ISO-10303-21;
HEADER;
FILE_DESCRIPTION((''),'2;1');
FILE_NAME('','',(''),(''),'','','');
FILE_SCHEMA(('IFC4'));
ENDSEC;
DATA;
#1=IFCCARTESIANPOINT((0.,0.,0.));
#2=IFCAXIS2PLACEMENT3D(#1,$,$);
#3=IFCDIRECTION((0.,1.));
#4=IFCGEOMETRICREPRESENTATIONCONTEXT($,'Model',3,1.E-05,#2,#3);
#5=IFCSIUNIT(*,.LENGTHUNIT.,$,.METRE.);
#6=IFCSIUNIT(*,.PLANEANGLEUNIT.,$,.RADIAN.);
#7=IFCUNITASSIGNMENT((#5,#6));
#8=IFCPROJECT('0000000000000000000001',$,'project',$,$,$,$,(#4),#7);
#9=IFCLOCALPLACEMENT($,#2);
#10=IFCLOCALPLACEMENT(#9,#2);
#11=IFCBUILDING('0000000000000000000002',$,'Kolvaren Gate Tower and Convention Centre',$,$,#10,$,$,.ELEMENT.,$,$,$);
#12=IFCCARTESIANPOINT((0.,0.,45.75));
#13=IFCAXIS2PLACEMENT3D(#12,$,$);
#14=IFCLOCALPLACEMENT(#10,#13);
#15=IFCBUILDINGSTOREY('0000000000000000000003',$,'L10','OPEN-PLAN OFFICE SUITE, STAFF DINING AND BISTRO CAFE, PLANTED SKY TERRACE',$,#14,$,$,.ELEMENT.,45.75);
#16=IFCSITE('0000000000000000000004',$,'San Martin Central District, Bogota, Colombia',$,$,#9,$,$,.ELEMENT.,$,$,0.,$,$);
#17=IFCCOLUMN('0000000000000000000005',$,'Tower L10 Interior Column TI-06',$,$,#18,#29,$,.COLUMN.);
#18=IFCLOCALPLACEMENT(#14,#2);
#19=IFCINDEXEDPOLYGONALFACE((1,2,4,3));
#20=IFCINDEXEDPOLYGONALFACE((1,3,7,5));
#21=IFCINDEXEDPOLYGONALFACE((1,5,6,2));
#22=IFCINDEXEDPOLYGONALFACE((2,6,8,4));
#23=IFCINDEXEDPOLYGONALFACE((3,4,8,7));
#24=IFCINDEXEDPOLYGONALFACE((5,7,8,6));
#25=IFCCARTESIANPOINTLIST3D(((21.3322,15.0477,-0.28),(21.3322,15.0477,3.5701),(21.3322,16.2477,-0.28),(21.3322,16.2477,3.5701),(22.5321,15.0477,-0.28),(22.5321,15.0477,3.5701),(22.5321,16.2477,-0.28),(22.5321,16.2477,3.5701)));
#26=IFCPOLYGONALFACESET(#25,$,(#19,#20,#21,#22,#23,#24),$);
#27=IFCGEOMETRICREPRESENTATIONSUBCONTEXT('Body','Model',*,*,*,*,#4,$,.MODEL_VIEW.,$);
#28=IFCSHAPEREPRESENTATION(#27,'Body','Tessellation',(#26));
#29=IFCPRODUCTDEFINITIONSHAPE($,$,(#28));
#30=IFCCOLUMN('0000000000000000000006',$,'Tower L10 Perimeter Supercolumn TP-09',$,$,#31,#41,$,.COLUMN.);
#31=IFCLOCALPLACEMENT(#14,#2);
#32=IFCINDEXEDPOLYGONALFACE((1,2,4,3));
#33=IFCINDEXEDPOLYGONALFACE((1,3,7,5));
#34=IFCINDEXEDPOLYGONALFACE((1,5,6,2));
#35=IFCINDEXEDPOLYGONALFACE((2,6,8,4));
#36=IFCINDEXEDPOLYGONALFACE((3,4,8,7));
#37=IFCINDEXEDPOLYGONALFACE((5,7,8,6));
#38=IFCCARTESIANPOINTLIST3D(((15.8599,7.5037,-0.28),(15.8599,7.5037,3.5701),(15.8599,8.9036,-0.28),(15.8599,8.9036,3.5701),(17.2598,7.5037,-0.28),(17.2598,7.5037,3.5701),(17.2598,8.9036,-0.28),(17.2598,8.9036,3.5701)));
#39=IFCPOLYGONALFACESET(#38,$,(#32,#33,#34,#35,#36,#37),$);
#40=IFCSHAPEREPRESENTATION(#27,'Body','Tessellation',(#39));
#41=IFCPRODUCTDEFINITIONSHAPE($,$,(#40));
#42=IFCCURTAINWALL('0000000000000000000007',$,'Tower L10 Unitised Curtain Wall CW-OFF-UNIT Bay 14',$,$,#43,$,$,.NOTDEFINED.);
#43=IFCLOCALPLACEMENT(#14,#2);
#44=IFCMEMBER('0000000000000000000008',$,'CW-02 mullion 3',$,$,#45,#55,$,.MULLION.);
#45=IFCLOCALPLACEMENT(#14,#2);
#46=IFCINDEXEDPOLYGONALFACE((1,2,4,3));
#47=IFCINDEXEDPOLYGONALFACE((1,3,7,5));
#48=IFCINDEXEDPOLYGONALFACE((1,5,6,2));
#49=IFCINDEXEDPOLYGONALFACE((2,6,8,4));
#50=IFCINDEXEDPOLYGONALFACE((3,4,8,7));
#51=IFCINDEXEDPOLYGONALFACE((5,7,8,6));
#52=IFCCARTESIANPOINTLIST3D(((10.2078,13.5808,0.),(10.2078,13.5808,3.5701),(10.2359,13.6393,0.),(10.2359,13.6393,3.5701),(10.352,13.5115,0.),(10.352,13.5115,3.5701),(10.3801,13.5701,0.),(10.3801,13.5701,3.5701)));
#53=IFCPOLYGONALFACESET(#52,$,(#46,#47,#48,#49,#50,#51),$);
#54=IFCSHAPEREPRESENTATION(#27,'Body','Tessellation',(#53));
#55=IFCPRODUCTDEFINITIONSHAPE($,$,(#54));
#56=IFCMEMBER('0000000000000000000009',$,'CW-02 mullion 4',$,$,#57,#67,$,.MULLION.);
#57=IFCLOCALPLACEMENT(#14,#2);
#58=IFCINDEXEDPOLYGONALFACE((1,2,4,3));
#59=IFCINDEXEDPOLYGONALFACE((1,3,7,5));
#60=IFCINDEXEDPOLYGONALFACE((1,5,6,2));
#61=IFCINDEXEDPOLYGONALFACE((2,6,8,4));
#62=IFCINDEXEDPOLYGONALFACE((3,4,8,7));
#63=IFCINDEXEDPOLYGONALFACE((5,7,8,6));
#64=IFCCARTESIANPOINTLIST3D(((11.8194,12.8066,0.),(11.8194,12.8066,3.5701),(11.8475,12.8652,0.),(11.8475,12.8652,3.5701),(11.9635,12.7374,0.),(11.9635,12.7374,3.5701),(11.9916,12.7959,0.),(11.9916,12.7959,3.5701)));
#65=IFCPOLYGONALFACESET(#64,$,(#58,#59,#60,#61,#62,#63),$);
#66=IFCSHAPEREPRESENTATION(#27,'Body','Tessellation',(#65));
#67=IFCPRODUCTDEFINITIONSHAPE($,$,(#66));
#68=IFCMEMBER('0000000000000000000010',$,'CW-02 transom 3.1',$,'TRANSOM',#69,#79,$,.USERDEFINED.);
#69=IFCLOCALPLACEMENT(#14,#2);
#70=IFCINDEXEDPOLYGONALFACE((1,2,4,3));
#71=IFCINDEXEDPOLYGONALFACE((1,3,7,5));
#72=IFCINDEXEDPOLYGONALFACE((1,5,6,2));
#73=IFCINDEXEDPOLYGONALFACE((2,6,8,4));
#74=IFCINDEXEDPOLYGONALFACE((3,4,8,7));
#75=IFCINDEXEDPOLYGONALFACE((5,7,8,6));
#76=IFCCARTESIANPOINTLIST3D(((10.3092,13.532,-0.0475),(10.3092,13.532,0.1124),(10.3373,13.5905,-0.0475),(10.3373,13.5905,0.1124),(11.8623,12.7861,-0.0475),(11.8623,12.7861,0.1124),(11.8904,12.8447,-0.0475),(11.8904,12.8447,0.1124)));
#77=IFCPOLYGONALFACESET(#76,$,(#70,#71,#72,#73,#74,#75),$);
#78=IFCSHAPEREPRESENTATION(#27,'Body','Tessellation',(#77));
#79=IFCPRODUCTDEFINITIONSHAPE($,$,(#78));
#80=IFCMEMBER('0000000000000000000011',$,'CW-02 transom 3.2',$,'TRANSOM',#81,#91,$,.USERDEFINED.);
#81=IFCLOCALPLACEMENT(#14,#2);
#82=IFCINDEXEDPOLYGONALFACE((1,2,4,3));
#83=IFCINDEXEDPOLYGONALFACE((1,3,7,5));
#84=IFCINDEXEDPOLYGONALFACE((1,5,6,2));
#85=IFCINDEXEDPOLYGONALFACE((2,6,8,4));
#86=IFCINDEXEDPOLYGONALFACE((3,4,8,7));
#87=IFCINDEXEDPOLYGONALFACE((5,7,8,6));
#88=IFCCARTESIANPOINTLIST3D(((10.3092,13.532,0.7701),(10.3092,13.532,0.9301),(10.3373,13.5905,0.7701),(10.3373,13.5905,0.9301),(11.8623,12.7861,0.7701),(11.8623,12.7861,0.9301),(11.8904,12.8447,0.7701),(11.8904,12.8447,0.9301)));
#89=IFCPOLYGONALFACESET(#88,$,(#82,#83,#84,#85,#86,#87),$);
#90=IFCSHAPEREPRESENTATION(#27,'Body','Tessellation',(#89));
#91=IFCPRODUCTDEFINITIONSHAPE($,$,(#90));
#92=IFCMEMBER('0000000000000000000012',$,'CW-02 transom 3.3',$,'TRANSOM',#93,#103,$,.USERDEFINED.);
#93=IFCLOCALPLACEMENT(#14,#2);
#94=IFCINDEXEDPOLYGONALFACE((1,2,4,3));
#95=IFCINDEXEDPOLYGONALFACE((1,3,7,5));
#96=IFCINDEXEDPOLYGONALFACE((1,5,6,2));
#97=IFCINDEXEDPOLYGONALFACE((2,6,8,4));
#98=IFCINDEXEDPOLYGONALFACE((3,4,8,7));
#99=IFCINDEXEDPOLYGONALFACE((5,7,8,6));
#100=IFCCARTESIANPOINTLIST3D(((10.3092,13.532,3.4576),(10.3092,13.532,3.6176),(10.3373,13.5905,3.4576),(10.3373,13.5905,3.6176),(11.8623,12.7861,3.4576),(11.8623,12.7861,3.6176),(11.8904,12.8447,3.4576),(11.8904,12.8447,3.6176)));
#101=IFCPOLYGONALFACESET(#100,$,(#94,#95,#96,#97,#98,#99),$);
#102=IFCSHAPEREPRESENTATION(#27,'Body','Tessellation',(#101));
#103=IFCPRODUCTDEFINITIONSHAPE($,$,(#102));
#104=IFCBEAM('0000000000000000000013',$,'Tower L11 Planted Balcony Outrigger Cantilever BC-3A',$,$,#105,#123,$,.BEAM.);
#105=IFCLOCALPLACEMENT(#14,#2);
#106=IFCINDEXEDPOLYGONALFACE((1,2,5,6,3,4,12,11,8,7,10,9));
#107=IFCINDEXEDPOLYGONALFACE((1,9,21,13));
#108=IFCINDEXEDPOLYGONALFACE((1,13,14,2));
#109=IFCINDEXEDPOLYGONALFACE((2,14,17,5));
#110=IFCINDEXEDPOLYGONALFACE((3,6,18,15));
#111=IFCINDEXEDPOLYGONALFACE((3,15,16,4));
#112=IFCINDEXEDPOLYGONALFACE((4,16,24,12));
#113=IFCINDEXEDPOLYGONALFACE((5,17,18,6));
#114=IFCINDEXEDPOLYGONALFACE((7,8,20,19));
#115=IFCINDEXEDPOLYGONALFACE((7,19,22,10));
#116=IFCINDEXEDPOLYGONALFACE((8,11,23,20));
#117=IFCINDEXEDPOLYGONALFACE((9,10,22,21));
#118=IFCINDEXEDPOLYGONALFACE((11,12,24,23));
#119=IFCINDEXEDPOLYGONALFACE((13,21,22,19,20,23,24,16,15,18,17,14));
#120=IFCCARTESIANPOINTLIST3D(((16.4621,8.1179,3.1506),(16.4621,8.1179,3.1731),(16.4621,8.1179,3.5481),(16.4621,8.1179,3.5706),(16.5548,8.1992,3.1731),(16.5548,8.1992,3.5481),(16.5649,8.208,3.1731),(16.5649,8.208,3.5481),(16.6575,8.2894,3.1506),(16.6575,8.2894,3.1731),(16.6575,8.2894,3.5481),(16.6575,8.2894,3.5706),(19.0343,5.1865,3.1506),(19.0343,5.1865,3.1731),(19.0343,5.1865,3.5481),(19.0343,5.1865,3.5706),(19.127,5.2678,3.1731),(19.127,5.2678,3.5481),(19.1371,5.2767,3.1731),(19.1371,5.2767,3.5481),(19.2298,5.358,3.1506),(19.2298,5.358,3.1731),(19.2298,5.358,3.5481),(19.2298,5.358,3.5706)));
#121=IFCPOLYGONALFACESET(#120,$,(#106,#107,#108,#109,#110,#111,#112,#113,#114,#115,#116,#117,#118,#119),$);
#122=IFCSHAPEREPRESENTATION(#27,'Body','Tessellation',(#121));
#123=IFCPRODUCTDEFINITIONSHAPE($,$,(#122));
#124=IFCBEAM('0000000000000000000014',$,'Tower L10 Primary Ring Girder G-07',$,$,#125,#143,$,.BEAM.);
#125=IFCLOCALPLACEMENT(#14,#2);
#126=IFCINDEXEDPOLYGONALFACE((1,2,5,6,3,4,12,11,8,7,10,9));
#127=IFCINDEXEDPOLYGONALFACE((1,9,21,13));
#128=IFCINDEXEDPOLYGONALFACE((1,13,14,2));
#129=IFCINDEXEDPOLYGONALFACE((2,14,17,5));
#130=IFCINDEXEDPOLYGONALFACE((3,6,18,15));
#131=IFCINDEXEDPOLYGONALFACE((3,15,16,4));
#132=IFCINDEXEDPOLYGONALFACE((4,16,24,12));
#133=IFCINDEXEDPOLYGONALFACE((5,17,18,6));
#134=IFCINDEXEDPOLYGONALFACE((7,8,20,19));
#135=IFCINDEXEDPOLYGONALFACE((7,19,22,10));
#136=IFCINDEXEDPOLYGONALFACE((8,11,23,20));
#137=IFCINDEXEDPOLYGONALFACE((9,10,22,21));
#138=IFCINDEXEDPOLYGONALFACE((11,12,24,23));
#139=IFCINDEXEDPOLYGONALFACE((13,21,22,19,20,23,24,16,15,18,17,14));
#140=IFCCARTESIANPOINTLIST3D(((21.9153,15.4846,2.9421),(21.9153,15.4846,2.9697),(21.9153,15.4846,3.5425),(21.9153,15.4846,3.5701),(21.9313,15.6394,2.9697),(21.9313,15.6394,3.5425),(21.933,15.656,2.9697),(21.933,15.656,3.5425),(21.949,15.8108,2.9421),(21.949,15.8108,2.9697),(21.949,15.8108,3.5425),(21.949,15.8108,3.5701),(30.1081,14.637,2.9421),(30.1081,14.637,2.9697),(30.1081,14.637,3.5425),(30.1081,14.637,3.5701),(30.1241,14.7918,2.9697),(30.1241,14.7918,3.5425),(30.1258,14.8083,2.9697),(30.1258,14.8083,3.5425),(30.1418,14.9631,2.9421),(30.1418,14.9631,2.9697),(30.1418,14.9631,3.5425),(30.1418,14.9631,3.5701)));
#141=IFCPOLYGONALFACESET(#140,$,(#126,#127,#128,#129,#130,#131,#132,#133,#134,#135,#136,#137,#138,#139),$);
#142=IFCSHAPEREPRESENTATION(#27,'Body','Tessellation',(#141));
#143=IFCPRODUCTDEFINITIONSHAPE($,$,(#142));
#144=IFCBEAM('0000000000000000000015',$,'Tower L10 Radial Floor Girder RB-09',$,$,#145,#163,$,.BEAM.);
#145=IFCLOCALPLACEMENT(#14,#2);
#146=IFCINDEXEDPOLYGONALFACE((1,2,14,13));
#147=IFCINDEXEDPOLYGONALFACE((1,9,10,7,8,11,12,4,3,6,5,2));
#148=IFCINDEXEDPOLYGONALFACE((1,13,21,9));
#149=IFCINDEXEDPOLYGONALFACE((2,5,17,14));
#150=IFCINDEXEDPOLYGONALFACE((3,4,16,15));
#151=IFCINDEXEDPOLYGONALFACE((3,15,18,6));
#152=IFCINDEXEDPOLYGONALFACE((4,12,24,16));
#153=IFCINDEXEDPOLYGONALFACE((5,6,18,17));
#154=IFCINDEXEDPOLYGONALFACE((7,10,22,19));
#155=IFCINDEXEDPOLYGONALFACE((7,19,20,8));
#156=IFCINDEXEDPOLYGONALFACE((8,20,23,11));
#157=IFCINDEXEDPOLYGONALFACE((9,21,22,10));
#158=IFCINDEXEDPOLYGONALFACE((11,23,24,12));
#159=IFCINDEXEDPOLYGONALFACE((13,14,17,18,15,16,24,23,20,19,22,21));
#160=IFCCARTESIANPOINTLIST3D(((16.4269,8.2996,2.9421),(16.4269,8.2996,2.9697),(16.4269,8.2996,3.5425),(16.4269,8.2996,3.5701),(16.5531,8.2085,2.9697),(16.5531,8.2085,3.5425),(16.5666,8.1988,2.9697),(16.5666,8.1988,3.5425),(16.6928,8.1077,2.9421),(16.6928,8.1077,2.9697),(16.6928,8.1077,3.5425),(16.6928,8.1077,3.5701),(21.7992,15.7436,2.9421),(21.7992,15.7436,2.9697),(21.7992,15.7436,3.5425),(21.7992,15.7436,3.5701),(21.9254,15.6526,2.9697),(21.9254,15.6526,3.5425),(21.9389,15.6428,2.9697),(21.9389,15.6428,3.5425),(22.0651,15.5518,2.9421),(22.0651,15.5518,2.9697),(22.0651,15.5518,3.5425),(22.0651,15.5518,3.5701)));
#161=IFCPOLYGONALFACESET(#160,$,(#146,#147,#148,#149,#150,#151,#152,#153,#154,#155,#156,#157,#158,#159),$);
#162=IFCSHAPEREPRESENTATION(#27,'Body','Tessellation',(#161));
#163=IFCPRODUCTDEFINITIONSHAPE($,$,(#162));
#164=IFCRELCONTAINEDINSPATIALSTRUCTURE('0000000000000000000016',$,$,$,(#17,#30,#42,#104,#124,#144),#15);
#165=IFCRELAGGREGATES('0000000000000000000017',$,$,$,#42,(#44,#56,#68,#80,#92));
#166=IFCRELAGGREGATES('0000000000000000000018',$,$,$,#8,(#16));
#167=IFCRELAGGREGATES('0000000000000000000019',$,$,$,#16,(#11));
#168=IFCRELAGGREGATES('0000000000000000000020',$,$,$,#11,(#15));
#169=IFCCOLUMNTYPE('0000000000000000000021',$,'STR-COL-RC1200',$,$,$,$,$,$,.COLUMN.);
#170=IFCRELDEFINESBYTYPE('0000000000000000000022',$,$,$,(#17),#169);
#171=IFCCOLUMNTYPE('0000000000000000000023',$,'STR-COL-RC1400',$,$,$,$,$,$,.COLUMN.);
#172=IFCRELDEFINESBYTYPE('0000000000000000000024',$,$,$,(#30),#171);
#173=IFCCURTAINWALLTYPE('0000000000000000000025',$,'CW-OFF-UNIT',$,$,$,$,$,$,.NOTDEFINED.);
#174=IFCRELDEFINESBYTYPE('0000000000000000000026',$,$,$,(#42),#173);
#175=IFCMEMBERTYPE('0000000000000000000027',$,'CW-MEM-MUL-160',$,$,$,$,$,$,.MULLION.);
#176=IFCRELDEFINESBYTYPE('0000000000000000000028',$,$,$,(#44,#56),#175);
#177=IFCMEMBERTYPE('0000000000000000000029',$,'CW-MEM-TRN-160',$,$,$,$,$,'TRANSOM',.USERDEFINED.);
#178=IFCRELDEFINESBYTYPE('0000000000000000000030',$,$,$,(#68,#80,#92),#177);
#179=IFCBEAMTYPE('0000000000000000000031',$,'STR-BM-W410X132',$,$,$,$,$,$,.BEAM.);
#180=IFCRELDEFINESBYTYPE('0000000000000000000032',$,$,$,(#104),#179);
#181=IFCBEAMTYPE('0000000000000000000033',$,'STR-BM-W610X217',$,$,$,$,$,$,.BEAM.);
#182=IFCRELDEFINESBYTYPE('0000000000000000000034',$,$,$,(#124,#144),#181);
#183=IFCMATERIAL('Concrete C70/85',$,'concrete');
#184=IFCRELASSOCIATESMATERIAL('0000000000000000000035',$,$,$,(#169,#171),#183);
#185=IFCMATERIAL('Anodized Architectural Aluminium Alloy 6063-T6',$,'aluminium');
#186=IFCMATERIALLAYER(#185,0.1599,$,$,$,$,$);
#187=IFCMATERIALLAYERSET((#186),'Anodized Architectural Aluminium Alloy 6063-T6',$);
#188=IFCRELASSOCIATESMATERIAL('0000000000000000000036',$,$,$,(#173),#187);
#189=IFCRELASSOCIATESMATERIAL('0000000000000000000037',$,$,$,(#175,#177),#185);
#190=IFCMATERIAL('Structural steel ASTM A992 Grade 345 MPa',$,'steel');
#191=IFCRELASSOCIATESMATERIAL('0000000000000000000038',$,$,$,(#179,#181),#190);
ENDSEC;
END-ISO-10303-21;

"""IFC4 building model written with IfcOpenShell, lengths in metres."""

from ifc_helpers import new_model, si_unit, direction, frame, origin, origin_2d, place, context, subcontext, project, spatial, rectangle, i_section, extrude, material, layer, layer_set, material_profile, profile_set, type_object, element, aggregate, save


model = new_model("IFC4")

# Units and contexts
model_context = context("Model", 3, precision=1e-05, world=origin(), true_north=direction((0.0, 1.0)))
body_context = subcontext(model_context, "Body", "Model", "MODEL_VIEW")
ifc_project = project(units=[si_unit("LENGTHUNIT", "METRE"), si_unit("PLANEANGLEUNIT", "RADIAN")], contexts=[model_context])

# Site, building, storey
site_placement = place(None, origin())
site = spatial("IfcSite", under=ifc_project, at=site_placement, Name="San Martin Central District, Bogota, Colombia", CompositionType="ELEMENT", RefElevation=0.0)
building_placement = place(site_placement, origin())
building = spatial("IfcBuilding", under=site, at=building_placement, Name="Kolvaren Gate Tower and Convention Centre", CompositionType="ELEMENT")
storey_placement = place(building_placement, frame((0.0, 0.0, 45.75)))
storey = spatial("IfcBuildingStorey", under=building, at=storey_placement, Name="L10", Description="OPEN-PLAN OFFICE SUITE, STAFF DINING AND BISTRO CAFE, PLANTED SKY TERRACE", CompositionType="ELEMENT", Elevation=45.75)

# Columns
ifc_material_1 = material(Name="Concrete C70/85", Category="concrete")
ifc_material_profile_1 = material_profile(ifc_material_1, rectangle(XDim=1.2, YDim=1.2, at=origin_2d()), Name="RC-COL-1200X1200")
ifc_profile_set_1 = profile_set([ifc_material_profile_1], Name="Concrete C70/85")
column_type_1 = type_object("IfcColumnType", Name="STR-COL-RC1200", PredefinedType="COLUMN", material=ifc_profile_set_1)
column_1_placement = place(storey_placement, frame((21.9321, 15.6477, -0.28), z_axis=(0.0, 0.0, 1.0), x_axis=(1.0, 0.0, 0.0)))
element("IfcColumn", 1, at=column_1_placement, inside=storey, type_object=column_type_1, Name="Tower L10 Interior Column TI-06", PredefinedType="COLUMN", context=body_context, shape_type="SweptSolid", body=[
    extrude(rectangle(XDim=1.2, YDim=1.2, at=origin_2d()), origin(), (0.0, 0.0, 1.0), 3.8501),
])
ifc_material_profile_2 = material_profile(ifc_material_1, rectangle(XDim=1.3999, YDim=1.3999, at=origin_2d()), Name="RC-COL-1400X1400")
ifc_profile_set_2 = profile_set([ifc_material_profile_2], Name="Concrete C70/85")
column_type_2 = type_object("IfcColumnType", Name="STR-COL-RC1400", PredefinedType="COLUMN", material=ifc_profile_set_2)
column_2_placement = place(storey_placement, frame((16.5598, 8.2036, -0.28), z_axis=(0.0, 0.0, 1.0), x_axis=(1.0, 0.0, 0.0)))
element("IfcColumn", 2, at=column_2_placement, inside=storey, type_object=column_type_2, Name="Tower L10 Perimeter Supercolumn TP-09", PredefinedType="COLUMN", context=body_context, shape_type="SweptSolid", body=[
    extrude(rectangle(XDim=1.3999, YDim=1.3999, at=origin_2d()), origin(), (0.0, 0.0, 1.0), 3.8501),
])

# Curtain wall, members
ifc_material_2 = material(Name="Anodized Architectural Aluminium Alloy 6063-T6", Category="aluminium")
ifc_layer_1 = layer(ifc_material_2, 0.1599)
ifc_layer_set_1 = layer_set([ifc_layer_1], Name="Anodized Architectural Aluminium Alloy 6063-T6")
curtain_wall_type = type_object("IfcCurtainWallType", Name="CW-OFF-UNIT", PredefinedType="NOTDEFINED", material=ifc_layer_set_1)
curtain_wall_placement = place(storey_placement, origin())
curtain_wall = element("IfcCurtainWall", 3, at=curtain_wall_placement, inside=storey, type_object=curtain_wall_type, Name="Tower L10 Unitised Curtain Wall CW-OFF-UNIT Bay 14", PredefinedType="NOTDEFINED")
ifc_material_profile_3 = material_profile(ifc_material_2, rectangle(XDim=0.0649, YDim=0.1599, at=origin_2d()), Name="CW-MEM-MUL-160")
ifc_profile_set_3 = profile_set([ifc_material_profile_3], Name="Anodized Architectural Aluminium Alloy 6063-T6")
member_type_1 = type_object("IfcMemberType", Name="CW-MEM-MUL-160", PredefinedType="MULLION", material=ifc_profile_set_3)
member_1_placement = place(storey_placement, frame((10.2939, 13.5754, 0.0), z_axis=(0.0, 0.0, 1.0), x_axis=(0.433057, 0.901367, 0.0)))
member_1 = element("IfcMember", 4, at=member_1_placement, type_object=member_type_1, Name="CW-02 mullion 3", PredefinedType="MULLION", context=body_context, shape_type="SweptSolid", body=[
    extrude(rectangle(XDim=0.0649, YDim=0.1599, at=origin_2d()), origin(), (0.0, 0.0, 1.0), 3.5701),
])
member_2_placement = place(storey_placement, frame((11.9055, 12.8013, 0.0), z_axis=(0.0, 0.0, 1.0), x_axis=(0.433057, 0.901367, 0.0)))
member_2 = element("IfcMember", 5, at=member_2_placement, type_object=member_type_1, Name="CW-02 mullion 4", PredefinedType="MULLION", context=body_context, shape_type="SweptSolid", body=[
    extrude(rectangle(XDim=0.0649, YDim=0.1599, at=origin_2d()), origin(), (0.0, 0.0, 1.0), 3.5701),
])
ifc_material_profile_4 = material_profile(ifc_material_2, rectangle(XDim=0.0649, YDim=0.1599, at=origin_2d()), Name="CW-MEM-TRN-160")
ifc_profile_set_4 = profile_set([ifc_material_profile_4], Name="Anodized Architectural Aluminium Alloy 6063-T6")
member_type_2 = type_object("IfcMemberType", Name="CW-MEM-TRN-160", ElementType="TRANSOM", PredefinedType="USERDEFINED", material=ifc_profile_set_4)
member_3_placement = place(storey_placement, frame((10.3232, 13.5613, 0.0325), z_axis=(0.901428, -0.432929, 0.0), x_axis=(0.432929, 0.901428, 0.0)))
member_3 = element("IfcMember", 6, at=member_3_placement, type_object=member_type_2, Name="CW-02 transom 3.1", ObjectType="TRANSOM", PredefinedType="USERDEFINED", context=body_context, shape_type="SweptSolid", body=[
    extrude(rectangle(XDim=0.0649, YDim=0.1599, at=origin_2d()), origin(), (0.0, 0.0, 1.0), 1.7229),
])
member_4_placement = place(storey_placement, frame((10.3232, 13.5613, 0.8501), z_axis=(0.901428, -0.432929, 0.0), x_axis=(0.432929, 0.901428, 0.0)))
member_4 = element("IfcMember", 7, at=member_4_placement, type_object=member_type_2, Name="CW-02 transom 3.2", ObjectType="TRANSOM", PredefinedType="USERDEFINED", context=body_context, shape_type="SweptSolid", body=[
    extrude(rectangle(XDim=0.0649, YDim=0.1599, at=origin_2d()), origin(), (0.0, 0.0, 1.0), 1.7229),
])
member_5_placement = place(storey_placement, frame((10.3232, 13.5613, 3.5376), z_axis=(0.901428, -0.432929, 0.0), x_axis=(0.432929, 0.901428, 0.0)))
member_5 = element("IfcMember", 8, at=member_5_placement, type_object=member_type_2, Name="CW-02 transom 3.3", ObjectType="TRANSOM", PredefinedType="USERDEFINED", context=body_context, shape_type="SweptSolid", body=[
    extrude(rectangle(XDim=0.0649, YDim=0.1599, at=origin_2d()), origin(), (0.0, 0.0, 1.0), 1.7229),
])

# Beams
ifc_material_3 = material(Name="Structural steel ASTM A992 Grade 345 MPa", Category="steel")
ifc_material_profile_5 = material_profile(ifc_material_3, i_section(OverallWidth=0.26, OverallDepth=0.4199, WebThickness=0.0134, FlangeThickness=0.0225, at=origin_2d()), Name="W410X132")
ifc_profile_set_5 = profile_set([ifc_material_profile_5], Name="Structural steel ASTM A992 Grade 345 MPa")
beam_type_1 = type_object("IfcBeamType", Name="STR-BM-W410X132", PredefinedType="BEAM", material=ifc_profile_set_5)
beam_1_placement = place(storey_placement, frame((16.5598, 8.2036, 3.3606), z_axis=(0.659563, -0.751649, 0.0), x_axis=(0.751649, 0.659563, 0.0)))
element("IfcBeam", 9, at=beam_1_placement, inside=storey, type_object=beam_type_1, Name="Tower L11 Planted Balcony Outrigger Cantilever BC-3A", PredefinedType="BEAM", context=body_context, shape_type="SweptSolid", body=[
    extrude(i_section(OverallWidth=0.26, OverallDepth=0.4199, WebThickness=0.0134, FlangeThickness=0.0225, at=origin_2d()), origin(), (0.0, 0.0, 1.0), 3.8999),
])
ifc_material_profile_6 = material_profile(ifc_material_3, i_section(OverallWidth=0.3279, OverallDepth=0.6279, WebThickness=0.0166, FlangeThickness=0.0276, at=origin_2d()), Name="W610X217")
ifc_profile_set_6 = profile_set([ifc_material_profile_6], Name="Structural steel ASTM A992 Grade 345 MPa")
beam_type_2 = type_object("IfcBeamType", Name="STR-BM-W610X217", PredefinedType="BEAM", material=ifc_profile_set_6)
beam_2_placement = place(storey_placement, frame((21.9321, 15.6477, 3.2561), z_axis=(0.99469, -0.102913, 0.0), x_axis=(0.102913, 0.99469, 0.0)))
element("IfcBeam", 10, at=beam_2_placement, inside=storey, type_object=beam_type_2, Name="Tower L10 Primary Ring Girder G-07", PredefinedType="BEAM", context=body_context, shape_type="SweptSolid", body=[
    extrude(i_section(OverallWidth=0.3279, OverallDepth=0.6279, WebThickness=0.0166, FlangeThickness=0.0276, at=origin_2d()), origin(), (0.0, 0.0, 1.0), 8.2366),
])
beam_3_placement = place(storey_placement, frame((21.9321, 15.6477, 3.2561), z_axis=(-0.585206, -0.810885, 0.0), x_axis=(0.810885, -0.585206, 0.0)))
element("IfcBeam", 11, at=beam_3_placement, inside=storey, type_object=beam_type_2, Name="Tower L10 Radial Floor Girder RB-09", PredefinedType="BEAM", context=body_context, shape_type="SweptSolid", body=[
    extrude(i_section(OverallWidth=0.3279, OverallDepth=0.6279, WebThickness=0.0166, FlangeThickness=0.0276, at=origin_2d()), origin(), (0.0, 0.0, 1.0), 9.1802),
])

aggregate(curtain_wall, [member_1, member_2, member_3, member_4, member_5])

save(model, "model.ifc")
